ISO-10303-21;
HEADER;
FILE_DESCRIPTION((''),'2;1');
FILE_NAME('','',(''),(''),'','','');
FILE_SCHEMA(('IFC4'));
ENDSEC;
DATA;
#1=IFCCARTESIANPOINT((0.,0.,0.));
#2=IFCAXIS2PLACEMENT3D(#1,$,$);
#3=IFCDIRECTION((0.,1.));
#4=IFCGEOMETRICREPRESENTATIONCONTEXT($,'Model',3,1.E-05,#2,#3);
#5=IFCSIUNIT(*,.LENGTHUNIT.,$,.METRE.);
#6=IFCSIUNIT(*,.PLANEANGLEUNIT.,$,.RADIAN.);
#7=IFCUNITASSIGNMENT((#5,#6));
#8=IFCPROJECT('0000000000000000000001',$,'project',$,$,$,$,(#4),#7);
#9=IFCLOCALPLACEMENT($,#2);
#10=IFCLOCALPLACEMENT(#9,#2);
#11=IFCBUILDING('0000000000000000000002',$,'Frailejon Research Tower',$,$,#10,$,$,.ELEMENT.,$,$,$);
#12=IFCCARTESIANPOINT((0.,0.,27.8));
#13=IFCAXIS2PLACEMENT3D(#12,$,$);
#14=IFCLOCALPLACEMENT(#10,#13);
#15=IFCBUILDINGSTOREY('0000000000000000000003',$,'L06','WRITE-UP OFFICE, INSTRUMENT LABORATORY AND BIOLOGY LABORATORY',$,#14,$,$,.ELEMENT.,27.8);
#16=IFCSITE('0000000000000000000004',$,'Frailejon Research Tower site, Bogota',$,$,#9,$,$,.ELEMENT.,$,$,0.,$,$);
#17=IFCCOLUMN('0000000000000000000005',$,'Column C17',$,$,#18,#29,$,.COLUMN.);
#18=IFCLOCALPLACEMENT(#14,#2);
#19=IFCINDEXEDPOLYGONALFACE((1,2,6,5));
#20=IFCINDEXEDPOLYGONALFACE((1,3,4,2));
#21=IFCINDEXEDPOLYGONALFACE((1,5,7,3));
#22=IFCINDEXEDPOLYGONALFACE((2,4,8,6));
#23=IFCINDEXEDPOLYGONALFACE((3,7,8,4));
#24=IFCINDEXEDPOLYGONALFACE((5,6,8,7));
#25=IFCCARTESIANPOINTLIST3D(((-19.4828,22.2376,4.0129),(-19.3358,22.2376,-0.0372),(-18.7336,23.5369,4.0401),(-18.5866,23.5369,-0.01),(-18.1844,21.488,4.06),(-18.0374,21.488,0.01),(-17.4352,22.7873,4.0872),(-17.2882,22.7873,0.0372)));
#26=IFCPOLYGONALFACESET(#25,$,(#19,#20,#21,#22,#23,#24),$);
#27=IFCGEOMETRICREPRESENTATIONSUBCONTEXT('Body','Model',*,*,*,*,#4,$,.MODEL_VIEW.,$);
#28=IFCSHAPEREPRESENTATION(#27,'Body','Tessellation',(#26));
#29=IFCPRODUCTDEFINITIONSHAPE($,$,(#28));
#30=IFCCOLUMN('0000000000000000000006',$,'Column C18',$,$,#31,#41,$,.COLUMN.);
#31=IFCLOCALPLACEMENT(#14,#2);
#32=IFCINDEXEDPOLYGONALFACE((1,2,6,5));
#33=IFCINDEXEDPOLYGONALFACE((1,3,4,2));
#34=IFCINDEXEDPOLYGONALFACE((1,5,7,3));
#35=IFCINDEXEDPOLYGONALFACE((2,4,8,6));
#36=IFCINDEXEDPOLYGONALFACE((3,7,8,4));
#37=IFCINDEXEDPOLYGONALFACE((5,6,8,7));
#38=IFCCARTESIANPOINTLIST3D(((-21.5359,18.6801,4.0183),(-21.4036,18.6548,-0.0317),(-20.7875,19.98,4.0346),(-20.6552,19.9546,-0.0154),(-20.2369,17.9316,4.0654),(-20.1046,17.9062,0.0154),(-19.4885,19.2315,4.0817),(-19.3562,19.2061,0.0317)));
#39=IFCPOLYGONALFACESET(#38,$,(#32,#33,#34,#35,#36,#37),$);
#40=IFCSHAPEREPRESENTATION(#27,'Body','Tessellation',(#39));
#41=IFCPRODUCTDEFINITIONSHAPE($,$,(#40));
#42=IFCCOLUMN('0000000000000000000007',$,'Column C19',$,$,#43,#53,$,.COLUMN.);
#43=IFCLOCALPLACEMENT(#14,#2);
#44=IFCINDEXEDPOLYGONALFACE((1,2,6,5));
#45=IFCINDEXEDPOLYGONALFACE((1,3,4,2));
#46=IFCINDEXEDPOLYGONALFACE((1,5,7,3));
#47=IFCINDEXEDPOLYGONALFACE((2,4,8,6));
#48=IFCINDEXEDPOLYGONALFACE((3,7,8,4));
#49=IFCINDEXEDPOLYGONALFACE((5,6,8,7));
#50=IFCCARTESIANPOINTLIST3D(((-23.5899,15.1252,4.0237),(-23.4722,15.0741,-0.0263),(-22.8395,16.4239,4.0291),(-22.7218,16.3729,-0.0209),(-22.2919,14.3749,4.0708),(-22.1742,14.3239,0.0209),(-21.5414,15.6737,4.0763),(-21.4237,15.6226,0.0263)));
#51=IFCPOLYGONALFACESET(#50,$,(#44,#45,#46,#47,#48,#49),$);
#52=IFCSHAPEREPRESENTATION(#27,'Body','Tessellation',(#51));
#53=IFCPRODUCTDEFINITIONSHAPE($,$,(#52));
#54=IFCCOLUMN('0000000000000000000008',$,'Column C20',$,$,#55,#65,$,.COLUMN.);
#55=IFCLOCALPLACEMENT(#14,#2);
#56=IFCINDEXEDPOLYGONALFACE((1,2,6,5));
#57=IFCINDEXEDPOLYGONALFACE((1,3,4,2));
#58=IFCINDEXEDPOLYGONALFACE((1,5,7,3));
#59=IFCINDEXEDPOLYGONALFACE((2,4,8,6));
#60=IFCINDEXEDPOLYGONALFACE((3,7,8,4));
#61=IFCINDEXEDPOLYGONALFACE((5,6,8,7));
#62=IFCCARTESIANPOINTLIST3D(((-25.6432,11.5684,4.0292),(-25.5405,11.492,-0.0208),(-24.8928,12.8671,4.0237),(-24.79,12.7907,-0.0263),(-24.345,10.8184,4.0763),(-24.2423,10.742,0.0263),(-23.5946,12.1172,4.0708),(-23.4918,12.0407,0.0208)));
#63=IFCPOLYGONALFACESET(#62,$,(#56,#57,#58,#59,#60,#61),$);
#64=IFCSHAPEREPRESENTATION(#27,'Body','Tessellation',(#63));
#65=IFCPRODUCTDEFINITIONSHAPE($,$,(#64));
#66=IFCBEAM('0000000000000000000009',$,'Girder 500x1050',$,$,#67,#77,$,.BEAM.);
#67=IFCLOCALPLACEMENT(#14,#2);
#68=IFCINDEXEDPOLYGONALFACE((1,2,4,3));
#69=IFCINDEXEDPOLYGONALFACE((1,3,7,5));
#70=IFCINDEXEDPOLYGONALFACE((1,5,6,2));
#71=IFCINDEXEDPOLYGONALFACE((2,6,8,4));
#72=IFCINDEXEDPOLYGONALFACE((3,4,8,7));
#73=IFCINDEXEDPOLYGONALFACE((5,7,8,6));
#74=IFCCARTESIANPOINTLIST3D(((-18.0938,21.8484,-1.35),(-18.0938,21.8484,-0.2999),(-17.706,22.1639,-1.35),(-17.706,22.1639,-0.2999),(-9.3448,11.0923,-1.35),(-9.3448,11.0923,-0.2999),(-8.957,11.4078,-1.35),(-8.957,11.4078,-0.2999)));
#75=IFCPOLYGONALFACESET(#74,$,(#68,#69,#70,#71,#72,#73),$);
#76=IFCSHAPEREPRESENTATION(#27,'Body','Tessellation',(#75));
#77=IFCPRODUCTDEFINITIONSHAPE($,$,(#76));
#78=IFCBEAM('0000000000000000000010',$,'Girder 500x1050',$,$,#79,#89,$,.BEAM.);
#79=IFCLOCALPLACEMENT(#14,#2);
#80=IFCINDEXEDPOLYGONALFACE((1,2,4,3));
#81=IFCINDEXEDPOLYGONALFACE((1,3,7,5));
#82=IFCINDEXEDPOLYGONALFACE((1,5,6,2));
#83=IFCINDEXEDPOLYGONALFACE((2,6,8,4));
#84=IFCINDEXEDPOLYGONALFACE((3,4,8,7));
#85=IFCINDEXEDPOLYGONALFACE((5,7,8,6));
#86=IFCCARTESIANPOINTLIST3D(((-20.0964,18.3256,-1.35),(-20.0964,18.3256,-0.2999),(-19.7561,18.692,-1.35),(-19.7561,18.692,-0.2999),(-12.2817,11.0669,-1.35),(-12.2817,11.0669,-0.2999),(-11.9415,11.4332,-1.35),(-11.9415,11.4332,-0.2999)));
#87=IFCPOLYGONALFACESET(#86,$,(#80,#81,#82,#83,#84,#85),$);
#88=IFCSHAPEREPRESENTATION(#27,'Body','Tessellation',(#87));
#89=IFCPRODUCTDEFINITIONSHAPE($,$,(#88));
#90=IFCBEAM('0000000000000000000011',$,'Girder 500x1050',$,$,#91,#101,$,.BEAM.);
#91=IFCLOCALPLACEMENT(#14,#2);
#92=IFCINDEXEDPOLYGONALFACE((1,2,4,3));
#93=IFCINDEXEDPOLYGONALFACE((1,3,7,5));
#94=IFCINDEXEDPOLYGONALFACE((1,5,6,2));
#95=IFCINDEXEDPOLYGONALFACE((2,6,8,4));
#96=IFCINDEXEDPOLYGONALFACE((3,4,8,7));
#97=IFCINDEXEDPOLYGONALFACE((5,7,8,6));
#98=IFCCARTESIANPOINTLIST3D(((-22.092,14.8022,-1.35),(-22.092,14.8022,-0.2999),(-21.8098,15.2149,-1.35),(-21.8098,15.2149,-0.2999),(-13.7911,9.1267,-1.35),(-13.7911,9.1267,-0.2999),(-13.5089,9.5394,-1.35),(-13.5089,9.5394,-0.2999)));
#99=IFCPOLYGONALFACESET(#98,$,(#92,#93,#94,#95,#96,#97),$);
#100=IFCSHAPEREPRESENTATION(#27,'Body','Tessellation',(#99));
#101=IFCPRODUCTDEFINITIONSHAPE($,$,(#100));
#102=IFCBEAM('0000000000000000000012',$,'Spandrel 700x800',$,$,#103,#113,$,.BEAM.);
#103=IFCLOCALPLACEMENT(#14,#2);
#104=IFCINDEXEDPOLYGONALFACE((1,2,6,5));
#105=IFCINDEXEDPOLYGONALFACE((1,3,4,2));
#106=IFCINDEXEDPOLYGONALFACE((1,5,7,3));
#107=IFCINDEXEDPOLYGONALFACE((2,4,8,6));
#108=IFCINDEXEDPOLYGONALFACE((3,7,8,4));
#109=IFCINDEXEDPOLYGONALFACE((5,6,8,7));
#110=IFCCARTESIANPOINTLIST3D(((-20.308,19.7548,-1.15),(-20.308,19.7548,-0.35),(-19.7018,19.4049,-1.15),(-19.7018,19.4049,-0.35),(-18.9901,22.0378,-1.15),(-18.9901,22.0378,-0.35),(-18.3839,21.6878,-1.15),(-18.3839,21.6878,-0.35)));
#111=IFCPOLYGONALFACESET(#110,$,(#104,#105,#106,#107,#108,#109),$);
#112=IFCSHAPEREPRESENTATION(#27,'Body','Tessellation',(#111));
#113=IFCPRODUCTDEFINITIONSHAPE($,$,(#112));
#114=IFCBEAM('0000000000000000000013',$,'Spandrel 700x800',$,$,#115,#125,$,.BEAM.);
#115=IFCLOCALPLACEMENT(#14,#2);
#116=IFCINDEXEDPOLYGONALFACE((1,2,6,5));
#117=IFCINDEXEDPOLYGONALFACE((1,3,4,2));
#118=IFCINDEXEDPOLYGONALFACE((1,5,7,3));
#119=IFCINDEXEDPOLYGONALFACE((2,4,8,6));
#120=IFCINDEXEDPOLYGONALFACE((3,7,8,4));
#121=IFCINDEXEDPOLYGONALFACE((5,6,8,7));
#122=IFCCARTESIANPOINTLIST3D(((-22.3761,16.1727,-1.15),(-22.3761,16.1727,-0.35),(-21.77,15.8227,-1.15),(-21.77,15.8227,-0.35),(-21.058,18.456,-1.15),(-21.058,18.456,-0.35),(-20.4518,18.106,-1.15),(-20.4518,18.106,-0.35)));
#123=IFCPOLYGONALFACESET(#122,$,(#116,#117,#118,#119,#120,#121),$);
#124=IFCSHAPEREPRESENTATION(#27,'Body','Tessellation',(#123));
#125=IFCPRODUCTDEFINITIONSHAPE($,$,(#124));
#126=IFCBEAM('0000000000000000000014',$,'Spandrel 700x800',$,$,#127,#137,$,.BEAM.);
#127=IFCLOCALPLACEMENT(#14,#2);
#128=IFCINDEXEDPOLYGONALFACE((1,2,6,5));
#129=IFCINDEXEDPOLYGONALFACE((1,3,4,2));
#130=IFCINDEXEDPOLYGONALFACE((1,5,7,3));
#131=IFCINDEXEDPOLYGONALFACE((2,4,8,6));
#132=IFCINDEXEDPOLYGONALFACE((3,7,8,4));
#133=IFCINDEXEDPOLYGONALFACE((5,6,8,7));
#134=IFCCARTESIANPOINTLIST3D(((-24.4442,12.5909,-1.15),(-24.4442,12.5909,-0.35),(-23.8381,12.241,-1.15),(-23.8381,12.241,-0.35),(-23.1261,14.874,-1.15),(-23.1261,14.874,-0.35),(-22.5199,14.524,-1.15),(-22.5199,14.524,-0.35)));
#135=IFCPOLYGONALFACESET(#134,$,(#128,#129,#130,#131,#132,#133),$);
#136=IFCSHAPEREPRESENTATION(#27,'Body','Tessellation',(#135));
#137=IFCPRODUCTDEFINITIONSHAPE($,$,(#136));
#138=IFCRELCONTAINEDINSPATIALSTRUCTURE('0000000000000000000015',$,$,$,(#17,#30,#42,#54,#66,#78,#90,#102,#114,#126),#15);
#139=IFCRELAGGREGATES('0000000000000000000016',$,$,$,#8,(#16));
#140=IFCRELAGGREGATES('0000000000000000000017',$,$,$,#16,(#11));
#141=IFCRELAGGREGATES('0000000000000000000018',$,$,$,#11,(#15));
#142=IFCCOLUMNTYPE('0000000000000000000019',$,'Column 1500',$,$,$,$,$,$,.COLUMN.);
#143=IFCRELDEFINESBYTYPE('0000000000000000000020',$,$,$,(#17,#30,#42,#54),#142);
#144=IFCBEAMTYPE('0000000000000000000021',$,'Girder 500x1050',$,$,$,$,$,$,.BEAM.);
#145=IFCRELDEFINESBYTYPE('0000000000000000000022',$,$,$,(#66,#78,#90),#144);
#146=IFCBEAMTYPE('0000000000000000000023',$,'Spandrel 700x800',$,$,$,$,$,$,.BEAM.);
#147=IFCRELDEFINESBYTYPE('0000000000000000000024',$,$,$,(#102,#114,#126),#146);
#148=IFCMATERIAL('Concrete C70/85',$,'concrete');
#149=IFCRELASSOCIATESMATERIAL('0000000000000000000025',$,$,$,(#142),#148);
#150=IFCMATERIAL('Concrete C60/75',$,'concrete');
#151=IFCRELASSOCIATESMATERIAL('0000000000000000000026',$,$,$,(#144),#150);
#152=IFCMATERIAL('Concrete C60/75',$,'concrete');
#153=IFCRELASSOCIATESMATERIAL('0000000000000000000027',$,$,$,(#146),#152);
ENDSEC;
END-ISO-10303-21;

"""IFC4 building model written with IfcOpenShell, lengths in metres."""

from ifc_helpers import new_model, si_unit, direction, frame, origin, origin_2d, place, context, subcontext, project, spatial, rectangle, extrude, material, material_profile, profile_set, type_object, element, save


model = new_model("IFC4")

# Units and contexts
model_context = context("Model", 3, precision=1e-05, world=origin(), true_north=direction((0.0, 1.0)))
body_context = subcontext(model_context, "Body", "Model", "MODEL_VIEW")
ifc_project = project(units=[si_unit("LENGTHUNIT", "METRE"), si_unit("PLANEANGLEUNIT", "RADIAN")], contexts=[model_context])

# Site, building, storey
site_placement = place(None, origin())
site = spatial("IfcSite", under=ifc_project, at=site_placement, Name="Frailejon Research Tower site, Bogota", CompositionType="ELEMENT", RefElevation=0.0)
building_placement = place(site_placement, origin())
building = spatial("IfcBuilding", under=site, at=building_placement, Name="Frailejon Research Tower", CompositionType="ELEMENT")
storey_placement = place(building_placement, frame((0.0, 0.0, 27.8)))
storey = spatial("IfcBuildingStorey", under=building, at=storey_placement, Name="L06", Description="WRITE-UP OFFICE, INSTRUMENT LABORATORY AND BIOLOGY LABORATORY", CompositionType="ELEMENT", Elevation=27.8)

# Columns
ifc_material_1 = material(Name="Concrete C70/85", Category="concrete")
ifc_material_profile_1 = material_profile(ifc_material_1, rectangle(XDim=1.5, YDim=1.5, at=origin_2d()), Name="Column 1500")
ifc_profile_set_1 = profile_set([ifc_material_profile_1], Name="Concrete C70/85")
column_type = type_object("IfcColumnType", Name="Column 1500", PredefinedType="COLUMN", material=ifc_profile_set_1)
column_1_placement = place(storey_placement, frame((-18.312, 22.5125, 0.0), z_axis=(-0.036265, 0.0, 0.999342), x_axis=(-0.499425, -0.866168, -0.018124)))
element("IfcColumn", 1, at=column_1_placement, inside=storey, type_object=column_type, Name="Column C17", PredefinedType="COLUMN", context=body_context, shape_type="SweptSolid", body=[
    extrude(rectangle(XDim=1.5, YDim=1.5, at=origin_2d()), origin(), (0.0, 0.0, 1.0), 4.0527),
])
column_2_placement = place(storey_placement, frame((-20.3799, 18.9304, 0.0), z_axis=(-0.032654, 0.006266, 0.999447), x_axis=(-0.498938, -0.86657, -0.010869)))
element("IfcColumn", 2, at=column_2_placement, inside=storey, type_object=column_type, Name="Column C18", PredefinedType="COLUMN", context=body_context, shape_type="SweptSolid", body=[
    extrude(rectangle(XDim=1.5, YDim=1.5, at=origin_2d()), origin(), (0.0, 0.0, 1.0), 4.0522),
])
for number, where, z_axis, x_axis, name in (
    (3, (-22.448, 15.3484, 0.0), (-0.029041, 0.012592, 0.999499), (-0.500309, -0.865839, -0.003628), "Column C19"),
    (4, (-24.5161, 11.7664, 0.0), (-0.025366, 0.018858, 0.9995), (-0.500322, -0.865832, 0.003639), "Column C20"),
):
    element("IfcColumn", number, at=place(storey_placement, frame(where, z_axis=z_axis, x_axis=x_axis)), inside=storey, type_object=column_type, Name=name, PredefinedType="COLUMN", context=body_context, shape_type="SweptSolid", body=[
        extrude(rectangle(XDim=1.5, YDim=1.5, at=origin_2d()), origin(), (0.0, 0.0, 1.0), 4.052),
    ])

# Beams
ifc_material_2 = material(Name="Concrete C60/75", Category="concrete")
ifc_material_profile_2 = material_profile(ifc_material_2, rectangle(XDim=0.5, YDim=1.05, at=origin_2d()), Name="Girder 500x1050")
ifc_profile_set_2 = profile_set([ifc_material_profile_2], Name="Concrete C60/75")
beam_type_1 = type_object("IfcBeamType", Name="Girder 500x1050", PredefinedType="BEAM", material=ifc_profile_set_2)
beam_1_placement = place(storey_placement, frame((-17.8999, 22.0061, -0.825), z_axis=(0.631013, -0.775772, 0.0), x_axis=(0.775772, 0.631013, 0.0)))
element("IfcBeam", 5, at=beam_1_placement, inside=storey, type_object=beam_type_1, Name="Girder 500x1050", PredefinedType="BEAM", context=body_context, shape_type="SweptSolid", body=[
    extrude(rectangle(XDim=0.5, YDim=1.05, at=origin_2d()), origin(), (0.0, 0.0, 1.0), 13.865),
])
beam_2_placement = place(storey_placement, frame((-19.9263, 18.5088, -0.825), z_axis=(0.732687, -0.680566, 0.0), x_axis=(0.680566, 0.732687, 0.0)))
element("IfcBeam", 6, at=beam_2_placement, inside=storey, type_object=beam_type_1, Name="Girder 500x1050", PredefinedType="BEAM", context=body_context, shape_type="SweptSolid", body=[
    extrude(rectangle(XDim=0.5, YDim=1.05, at=origin_2d()), origin(), (0.0, 0.0, 1.0), 10.6658),
])
beam_3_placement = place(storey_placement, frame((-21.9509, 15.0085, -0.825), z_axis=(0.825498, -0.564405, 0.0), x_axis=(0.564405, 0.825498, 0.0)))
element("IfcBeam", 7, at=beam_3_placement, inside=storey, type_object=beam_type_1, Name="Girder 500x1050", PredefinedType="BEAM", context=body_context, shape_type="SweptSolid", body=[
    extrude(rectangle(XDim=0.5, YDim=1.05, at=origin_2d()), origin(), (0.0, 0.0, 1.0), 10.0557),
])
ifc_material_3 = material(Name="Concrete C60/75", Category="concrete")
ifc_material_profile_3 = material_profile(ifc_material_3, rectangle(XDim=0.7, YDim=0.8, at=origin_2d()), Name="Spandrel 700x800")
ifc_profile_set_3 = profile_set([ifc_material_profile_3], Name="Concrete C60/75")
beam_type_2 = type_object("IfcBeamType", Name="Spandrel 700x800", PredefinedType="BEAM", material=ifc_profile_set_3)
beam_4_placement = place(storey_placement, frame((-18.687, 21.8628, -0.75), z_axis=(-0.499944, -0.866058, 0.0), x_axis=(0.866058, -0.499944, 0.0)))
element("IfcBeam", 8, at=beam_4_placement, inside=storey, type_object=beam_type_2, Name="Spandrel 700x800", PredefinedType="BEAM", context=body_context, shape_type="SweptSolid", body=[
    extrude(rectangle(XDim=0.7, YDim=0.8, at=origin_2d()), origin(), (0.0, 0.0, 1.0), 2.636),
])
beam_5_placement = place(storey_placement, frame((-20.7549, 18.281, -0.75), z_axis=(-0.499974, -0.866041, 0.0), x_axis=(0.866041, -0.499974, 0.0)))
element("IfcBeam", 9, at=beam_5_placement, inside=storey, type_object=beam_type_2, Name="Spandrel 700x800", PredefinedType="BEAM", context=body_context, shape_type="SweptSolid", body=[
    extrude(rectangle(XDim=0.7, YDim=0.8, at=origin_2d()), origin(), (0.0, 0.0, 1.0), 2.6365),
])
beam_6_placement = place(storey_placement, frame((-22.823, 14.699, -0.75), z_axis=(-0.500014, -0.866017, 0.0), x_axis=(0.866017, -0.500014, 0.0)))
element("IfcBeam", 10, at=beam_6_placement, inside=storey, type_object=beam_type_2, Name="Spandrel 700x800", PredefinedType="BEAM", context=body_context, shape_type="SweptSolid", body=[
    extrude(rectangle(XDim=0.7, YDim=0.8, at=origin_2d()), origin(), (0.0, 0.0, 1.0), 2.6362),
])

save(model, "model.ifc")
